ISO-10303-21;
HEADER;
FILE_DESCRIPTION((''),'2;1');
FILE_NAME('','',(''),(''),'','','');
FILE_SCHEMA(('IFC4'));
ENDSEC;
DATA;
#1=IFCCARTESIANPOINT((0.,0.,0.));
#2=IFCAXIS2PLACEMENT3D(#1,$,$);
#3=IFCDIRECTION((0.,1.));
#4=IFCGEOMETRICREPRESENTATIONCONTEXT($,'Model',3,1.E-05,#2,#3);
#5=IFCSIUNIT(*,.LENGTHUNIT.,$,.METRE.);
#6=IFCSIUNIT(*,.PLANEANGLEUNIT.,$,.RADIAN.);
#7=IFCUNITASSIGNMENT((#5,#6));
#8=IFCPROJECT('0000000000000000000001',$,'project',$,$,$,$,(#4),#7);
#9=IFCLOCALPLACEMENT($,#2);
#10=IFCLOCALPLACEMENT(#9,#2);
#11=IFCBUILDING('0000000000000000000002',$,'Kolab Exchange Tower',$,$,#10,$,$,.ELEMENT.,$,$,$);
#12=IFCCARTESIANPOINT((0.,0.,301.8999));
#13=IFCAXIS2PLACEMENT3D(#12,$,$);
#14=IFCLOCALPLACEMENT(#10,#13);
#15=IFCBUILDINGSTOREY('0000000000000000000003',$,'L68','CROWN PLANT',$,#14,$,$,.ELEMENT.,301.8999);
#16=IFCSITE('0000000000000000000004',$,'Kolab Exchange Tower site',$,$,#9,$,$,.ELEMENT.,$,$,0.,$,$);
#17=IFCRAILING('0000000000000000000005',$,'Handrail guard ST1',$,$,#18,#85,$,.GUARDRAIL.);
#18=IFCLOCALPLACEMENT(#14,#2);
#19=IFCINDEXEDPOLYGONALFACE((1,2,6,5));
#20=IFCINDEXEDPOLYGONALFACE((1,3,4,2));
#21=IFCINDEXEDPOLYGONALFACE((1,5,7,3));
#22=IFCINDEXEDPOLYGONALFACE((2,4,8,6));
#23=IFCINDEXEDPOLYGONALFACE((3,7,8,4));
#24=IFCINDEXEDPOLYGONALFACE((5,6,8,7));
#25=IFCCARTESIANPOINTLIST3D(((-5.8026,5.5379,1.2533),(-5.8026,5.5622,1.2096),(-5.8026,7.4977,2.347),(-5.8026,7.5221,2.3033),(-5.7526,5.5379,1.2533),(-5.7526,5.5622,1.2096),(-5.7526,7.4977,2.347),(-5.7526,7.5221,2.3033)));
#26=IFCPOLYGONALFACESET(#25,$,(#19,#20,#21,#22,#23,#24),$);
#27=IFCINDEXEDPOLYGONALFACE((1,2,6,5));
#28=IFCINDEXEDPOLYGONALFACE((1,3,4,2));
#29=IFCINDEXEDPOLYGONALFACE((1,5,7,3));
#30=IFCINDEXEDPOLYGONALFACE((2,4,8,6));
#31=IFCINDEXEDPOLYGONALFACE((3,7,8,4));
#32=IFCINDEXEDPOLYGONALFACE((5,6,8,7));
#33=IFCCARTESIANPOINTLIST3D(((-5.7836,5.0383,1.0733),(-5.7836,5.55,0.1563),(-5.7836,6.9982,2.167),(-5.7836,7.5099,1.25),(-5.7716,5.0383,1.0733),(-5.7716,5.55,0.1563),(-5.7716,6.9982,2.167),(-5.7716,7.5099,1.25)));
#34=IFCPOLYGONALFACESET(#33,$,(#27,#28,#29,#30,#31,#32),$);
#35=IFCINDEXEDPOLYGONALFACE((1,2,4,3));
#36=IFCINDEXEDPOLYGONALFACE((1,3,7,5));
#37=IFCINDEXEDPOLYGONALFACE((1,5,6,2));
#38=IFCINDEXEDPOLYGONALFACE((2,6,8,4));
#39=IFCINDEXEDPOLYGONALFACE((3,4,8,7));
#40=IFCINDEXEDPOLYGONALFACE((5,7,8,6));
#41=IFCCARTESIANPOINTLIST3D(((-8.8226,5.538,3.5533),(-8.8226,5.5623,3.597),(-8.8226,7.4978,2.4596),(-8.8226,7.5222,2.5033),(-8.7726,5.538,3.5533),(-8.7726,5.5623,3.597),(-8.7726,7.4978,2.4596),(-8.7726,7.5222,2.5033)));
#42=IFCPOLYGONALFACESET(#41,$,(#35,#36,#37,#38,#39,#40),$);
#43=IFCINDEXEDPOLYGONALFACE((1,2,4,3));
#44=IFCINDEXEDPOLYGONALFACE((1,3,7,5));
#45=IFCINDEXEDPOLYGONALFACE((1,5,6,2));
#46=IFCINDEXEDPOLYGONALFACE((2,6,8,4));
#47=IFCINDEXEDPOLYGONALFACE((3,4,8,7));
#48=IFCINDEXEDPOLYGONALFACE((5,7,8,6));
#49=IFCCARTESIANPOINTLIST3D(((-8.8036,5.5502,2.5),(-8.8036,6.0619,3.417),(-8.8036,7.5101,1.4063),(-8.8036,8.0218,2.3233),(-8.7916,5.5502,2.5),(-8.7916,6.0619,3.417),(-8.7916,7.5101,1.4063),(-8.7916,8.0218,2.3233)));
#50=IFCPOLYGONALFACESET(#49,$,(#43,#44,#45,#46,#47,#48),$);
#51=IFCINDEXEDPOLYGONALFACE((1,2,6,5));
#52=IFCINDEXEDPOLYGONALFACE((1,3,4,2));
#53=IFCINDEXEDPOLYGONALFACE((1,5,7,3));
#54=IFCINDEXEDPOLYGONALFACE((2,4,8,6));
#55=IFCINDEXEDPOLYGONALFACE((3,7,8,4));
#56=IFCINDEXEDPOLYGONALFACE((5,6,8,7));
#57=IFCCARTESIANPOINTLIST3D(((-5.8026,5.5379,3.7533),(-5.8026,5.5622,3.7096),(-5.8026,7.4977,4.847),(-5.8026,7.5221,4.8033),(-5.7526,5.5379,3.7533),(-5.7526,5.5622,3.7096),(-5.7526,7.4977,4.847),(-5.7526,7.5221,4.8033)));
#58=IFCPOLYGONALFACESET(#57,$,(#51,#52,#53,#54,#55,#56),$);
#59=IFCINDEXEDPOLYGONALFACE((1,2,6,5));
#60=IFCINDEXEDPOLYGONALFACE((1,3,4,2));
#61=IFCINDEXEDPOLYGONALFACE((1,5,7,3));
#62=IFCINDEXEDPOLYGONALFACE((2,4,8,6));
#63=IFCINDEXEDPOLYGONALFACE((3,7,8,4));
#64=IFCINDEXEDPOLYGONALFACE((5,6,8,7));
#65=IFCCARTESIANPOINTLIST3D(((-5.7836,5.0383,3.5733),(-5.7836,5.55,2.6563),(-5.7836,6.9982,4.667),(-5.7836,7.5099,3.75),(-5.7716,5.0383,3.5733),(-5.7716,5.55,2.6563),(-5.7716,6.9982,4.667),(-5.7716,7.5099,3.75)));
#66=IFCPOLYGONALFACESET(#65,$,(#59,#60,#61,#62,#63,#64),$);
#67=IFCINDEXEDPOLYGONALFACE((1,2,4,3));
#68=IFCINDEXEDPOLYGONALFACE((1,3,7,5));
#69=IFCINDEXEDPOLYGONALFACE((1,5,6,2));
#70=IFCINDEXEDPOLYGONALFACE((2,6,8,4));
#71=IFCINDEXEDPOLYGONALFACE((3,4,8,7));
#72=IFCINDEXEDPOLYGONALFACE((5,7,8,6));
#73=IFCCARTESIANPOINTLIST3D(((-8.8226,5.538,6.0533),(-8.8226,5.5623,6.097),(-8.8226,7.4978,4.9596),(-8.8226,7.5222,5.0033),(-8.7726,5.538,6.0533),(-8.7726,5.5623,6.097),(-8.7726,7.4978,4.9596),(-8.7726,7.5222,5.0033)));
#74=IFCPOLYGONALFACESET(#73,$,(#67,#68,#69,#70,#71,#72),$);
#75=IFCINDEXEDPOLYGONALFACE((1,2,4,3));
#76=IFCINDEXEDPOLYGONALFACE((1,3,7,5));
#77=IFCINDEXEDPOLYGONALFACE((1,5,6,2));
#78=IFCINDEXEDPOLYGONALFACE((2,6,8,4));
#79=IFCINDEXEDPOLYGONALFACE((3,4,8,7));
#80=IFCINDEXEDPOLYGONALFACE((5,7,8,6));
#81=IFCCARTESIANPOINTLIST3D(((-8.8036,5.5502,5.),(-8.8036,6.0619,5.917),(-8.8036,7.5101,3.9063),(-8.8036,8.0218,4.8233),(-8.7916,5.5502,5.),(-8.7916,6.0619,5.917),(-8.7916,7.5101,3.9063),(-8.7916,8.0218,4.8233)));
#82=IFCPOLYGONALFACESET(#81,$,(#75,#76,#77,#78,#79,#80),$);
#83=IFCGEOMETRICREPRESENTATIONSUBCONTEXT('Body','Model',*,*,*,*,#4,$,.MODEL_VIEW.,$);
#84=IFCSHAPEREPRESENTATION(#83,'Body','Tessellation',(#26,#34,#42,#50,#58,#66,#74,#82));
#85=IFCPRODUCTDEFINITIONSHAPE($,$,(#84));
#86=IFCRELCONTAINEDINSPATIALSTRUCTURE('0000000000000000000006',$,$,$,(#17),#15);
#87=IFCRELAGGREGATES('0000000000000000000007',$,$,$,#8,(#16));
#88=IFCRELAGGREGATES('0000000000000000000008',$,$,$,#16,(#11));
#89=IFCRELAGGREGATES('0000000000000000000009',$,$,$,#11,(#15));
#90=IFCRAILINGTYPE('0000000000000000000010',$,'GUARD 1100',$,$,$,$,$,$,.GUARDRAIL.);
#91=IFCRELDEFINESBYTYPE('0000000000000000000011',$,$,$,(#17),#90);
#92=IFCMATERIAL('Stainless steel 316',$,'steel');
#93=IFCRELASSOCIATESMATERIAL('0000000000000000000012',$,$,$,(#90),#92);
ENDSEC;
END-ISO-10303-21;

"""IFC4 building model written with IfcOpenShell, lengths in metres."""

from ifc_helpers import new_model, si_unit, direction, frame, frame_2d, origin, origin_2d, place, context, subcontext, project, spatial, rectangle, extrude, material, type_object, element, save


model = new_model("IFC4")

# Units and contexts
model_context = context("Model", 3, precision=1e-05, world=origin(), true_north=direction((0.0, 1.0)))
body_context = subcontext(model_context, "Body", "Model", "MODEL_VIEW")
ifc_project = project(units=[si_unit("LENGTHUNIT", "METRE"), si_unit("PLANEANGLEUNIT", "RADIAN")], contexts=[model_context])

# Site, building, storey
site_placement = place(None, origin())
site = spatial("IfcSite", under=ifc_project, at=site_placement, Name="Kolab Exchange Tower site", CompositionType="ELEMENT", RefElevation=0.0)
building_placement = place(site_placement, origin())
building = spatial("IfcBuilding", under=site, at=building_placement, Name="Kolab Exchange Tower", CompositionType="ELEMENT")
storey_placement = place(building_placement, frame((0.0, 0.0, 301.8999)))
storey = spatial("IfcBuildingStorey", under=building, at=storey_placement, Name="L68", Description="CROWN PLANT", CompositionType="ELEMENT", Elevation=301.8999)

# Railing
ifc_material_1 = material(Name="Stainless steel 316", Category="steel")
railing_type = type_object("IfcRailingType", Name="GUARD 1100", PredefinedType="GUARDRAIL", material=ifc_material_1)
railing_placement = place(storey_placement, frame((-5.7776, 5.55, 0.1562)))
element("IfcRailing", 1, at=railing_placement, inside=storey, type_object=railing_type, Name="Handrail guard ST1", PredefinedType="GUARDRAIL", context=body_context, shape_type="SweptSolid", body=[
    extrude(rectangle(XDim=0.05, YDim=0.05, at=origin_2d()), frame((0.0, 0.0, 1.0752), z_axis=(0.0, 0.873232, 0.487304), x_axis=(-1.0, 0.0, 0.0)), (0.0, 0.0, 1.0), 2.2444),
    extrude(rectangle(XDim=0.012, YDim=1.0501, at=frame_2d((0.0, 0.5251))), frame((0.0, 0.0, 0.0), z_axis=(0.0, 0.873232, 0.487304), x_axis=(-1.0, 0.0, 0.0)), (0.0, 0.0, 1.0), 2.2444),
    extrude(rectangle(XDim=0.05, YDim=0.05, at=origin_2d()), frame((-3.02, 1.96, 2.3252), z_axis=(0.0, -0.873232, 0.487304), x_axis=(1.0, 0.0, 0.0)), (0.0, 0.0, 1.0), 2.2444),
    extrude(rectangle(XDim=0.012, YDim=1.0501, at=frame_2d((0.0, 0.5251))), frame((-3.02, 1.96, 1.25), z_axis=(0.0, -0.873232, 0.487304), x_axis=(1.0, 0.0, 0.0)), (0.0, 0.0, 1.0), 2.2444),
    extrude(rectangle(XDim=0.05, YDim=0.05, at=origin_2d()), frame((0.0, 0.0, 3.5752), z_axis=(0.0, 0.873232, 0.487304), x_axis=(-1.0, 0.0, 0.0)), (0.0, 0.0, 1.0), 2.2444),
    extrude(rectangle(XDim=0.012, YDim=1.0501, at=frame_2d((0.0, 0.5251))), frame((0.0, 0.0, 2.5), z_axis=(0.0, 0.873232, 0.487304), x_axis=(-1.0, 0.0, 0.0)), (0.0, 0.0, 1.0), 2.2444),
    extrude(rectangle(XDim=0.05, YDim=0.05, at=origin_2d()), frame((-3.02, 1.96, 4.8252), z_axis=(0.0, -0.873232, 0.487304), x_axis=(1.0, 0.0, 0.0)), (0.0, 0.0, 1.0), 2.2444),
    extrude(rectangle(XDim=0.012, YDim=1.0501, at=frame_2d((0.0, 0.5251))), frame((-3.02, 1.96, 3.75), z_axis=(0.0, -0.873232, 0.487304), x_axis=(1.0, 0.0, 0.0)), (0.0, 0.0, 1.0), 2.2444),
])

save(model, "model.ifc")
